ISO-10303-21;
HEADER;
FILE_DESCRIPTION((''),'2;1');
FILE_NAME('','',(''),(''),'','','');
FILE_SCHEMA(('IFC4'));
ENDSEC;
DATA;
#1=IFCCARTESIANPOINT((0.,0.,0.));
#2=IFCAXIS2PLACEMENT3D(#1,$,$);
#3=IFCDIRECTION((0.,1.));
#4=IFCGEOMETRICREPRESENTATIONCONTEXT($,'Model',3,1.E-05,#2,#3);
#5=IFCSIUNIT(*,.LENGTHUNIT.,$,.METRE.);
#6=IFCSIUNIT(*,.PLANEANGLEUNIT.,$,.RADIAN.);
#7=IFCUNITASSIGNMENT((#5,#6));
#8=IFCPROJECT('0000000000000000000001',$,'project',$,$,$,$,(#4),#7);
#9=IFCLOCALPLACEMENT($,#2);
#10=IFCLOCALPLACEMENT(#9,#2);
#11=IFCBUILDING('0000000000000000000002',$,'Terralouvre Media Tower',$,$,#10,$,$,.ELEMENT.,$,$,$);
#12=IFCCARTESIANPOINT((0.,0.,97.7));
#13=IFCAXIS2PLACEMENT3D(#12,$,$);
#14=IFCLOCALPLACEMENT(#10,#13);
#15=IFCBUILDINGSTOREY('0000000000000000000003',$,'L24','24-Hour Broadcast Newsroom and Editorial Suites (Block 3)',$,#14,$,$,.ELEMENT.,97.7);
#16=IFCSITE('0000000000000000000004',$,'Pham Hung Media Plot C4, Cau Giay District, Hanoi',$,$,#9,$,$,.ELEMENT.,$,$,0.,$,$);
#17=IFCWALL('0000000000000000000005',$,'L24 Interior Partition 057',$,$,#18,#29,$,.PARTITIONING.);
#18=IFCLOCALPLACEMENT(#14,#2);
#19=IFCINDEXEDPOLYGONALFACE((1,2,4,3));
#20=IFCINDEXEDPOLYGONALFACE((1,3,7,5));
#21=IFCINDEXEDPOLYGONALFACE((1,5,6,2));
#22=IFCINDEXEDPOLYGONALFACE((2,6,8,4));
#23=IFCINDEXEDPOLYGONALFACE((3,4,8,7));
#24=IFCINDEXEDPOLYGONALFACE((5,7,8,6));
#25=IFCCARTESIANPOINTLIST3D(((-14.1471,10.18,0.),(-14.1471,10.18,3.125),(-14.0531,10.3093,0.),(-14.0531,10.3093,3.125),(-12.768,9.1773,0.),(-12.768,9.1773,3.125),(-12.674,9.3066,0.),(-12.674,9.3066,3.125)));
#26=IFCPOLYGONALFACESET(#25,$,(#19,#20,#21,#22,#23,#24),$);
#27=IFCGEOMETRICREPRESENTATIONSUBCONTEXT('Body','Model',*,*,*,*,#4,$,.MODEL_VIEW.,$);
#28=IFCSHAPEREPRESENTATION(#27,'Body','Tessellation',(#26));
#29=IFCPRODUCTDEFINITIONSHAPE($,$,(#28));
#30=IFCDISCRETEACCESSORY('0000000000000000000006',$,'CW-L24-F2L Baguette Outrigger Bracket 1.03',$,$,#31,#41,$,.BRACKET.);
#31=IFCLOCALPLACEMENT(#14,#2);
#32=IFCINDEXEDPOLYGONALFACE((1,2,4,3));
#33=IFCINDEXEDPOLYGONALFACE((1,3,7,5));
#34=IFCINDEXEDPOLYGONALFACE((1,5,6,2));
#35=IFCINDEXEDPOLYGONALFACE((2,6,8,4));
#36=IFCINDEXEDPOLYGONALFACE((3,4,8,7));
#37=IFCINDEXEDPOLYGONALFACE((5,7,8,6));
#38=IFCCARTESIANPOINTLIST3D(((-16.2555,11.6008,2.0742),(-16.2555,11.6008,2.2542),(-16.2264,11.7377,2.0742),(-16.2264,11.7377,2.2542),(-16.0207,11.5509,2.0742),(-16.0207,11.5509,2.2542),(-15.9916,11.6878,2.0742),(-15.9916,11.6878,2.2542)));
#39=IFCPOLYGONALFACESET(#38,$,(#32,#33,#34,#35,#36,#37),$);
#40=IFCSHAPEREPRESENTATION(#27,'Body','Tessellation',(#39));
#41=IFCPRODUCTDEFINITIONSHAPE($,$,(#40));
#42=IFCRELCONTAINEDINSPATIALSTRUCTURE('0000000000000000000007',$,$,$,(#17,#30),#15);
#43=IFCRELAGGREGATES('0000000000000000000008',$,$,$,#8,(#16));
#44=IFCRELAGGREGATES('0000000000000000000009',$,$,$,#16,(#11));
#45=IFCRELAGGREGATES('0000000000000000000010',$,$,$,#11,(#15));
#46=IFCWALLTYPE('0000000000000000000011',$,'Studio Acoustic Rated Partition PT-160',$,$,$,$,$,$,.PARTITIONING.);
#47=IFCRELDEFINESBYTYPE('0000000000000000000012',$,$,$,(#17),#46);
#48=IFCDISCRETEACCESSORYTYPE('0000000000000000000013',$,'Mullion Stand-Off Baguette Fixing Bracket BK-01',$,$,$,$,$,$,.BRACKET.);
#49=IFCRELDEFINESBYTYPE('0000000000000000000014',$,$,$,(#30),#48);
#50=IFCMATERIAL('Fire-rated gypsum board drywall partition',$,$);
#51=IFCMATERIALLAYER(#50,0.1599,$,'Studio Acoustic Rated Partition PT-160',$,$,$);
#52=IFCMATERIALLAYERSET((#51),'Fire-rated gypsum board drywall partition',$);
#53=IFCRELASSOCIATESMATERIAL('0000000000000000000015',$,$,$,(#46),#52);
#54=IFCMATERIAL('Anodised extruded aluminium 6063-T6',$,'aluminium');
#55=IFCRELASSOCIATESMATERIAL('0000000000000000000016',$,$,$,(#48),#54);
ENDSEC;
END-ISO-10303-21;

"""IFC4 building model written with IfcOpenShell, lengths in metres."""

from ifc_helpers import new_model, si_unit, direction, frame, frame_2d, origin, origin_2d, place, context, subcontext, project, spatial, rectangle, extrude, material, layer, layer_set, type_object, element, save


model = new_model("IFC4")

# Units and contexts
model_context = context("Model", 3, precision=1e-05, world=origin(), true_north=direction((0.0, 1.0)))
body_context = subcontext(model_context, "Body", "Model", "MODEL_VIEW")
ifc_project = project(units=[si_unit("LENGTHUNIT", "METRE"), si_unit("PLANEANGLEUNIT", "RADIAN")], contexts=[model_context])

# Site, building, storey
site_placement = place(None, origin())
site = spatial("IfcSite", under=ifc_project, at=site_placement, Name="Pham Hung Media Plot C4, Cau Giay District, Hanoi", CompositionType="ELEMENT", RefElevation=0.0)
building_placement = place(site_placement, origin())
building = spatial("IfcBuilding", under=site, at=building_placement, Name="Terralouvre Media Tower", CompositionType="ELEMENT")
storey_placement = place(building_placement, frame((0.0, 0.0, 97.7)))
storey = spatial("IfcBuildingStorey", under=building, at=storey_placement, Name="L24", Description="24-Hour Broadcast Newsroom and Editorial Suites (Block 3)", CompositionType="ELEMENT", Elevation=97.7)

# Wall
ifc_material_1 = material(Name="Fire-rated gypsum board drywall partition")
ifc_layer_1 = layer(ifc_material_1, 0.1599, Name="Studio Acoustic Rated Partition PT-160")
ifc_layer_set_1 = layer_set([ifc_layer_1], Name="Fire-rated gypsum board drywall partition")
wall_type_1 = type_object("IfcWallType", Name="Studio Acoustic Rated Partition PT-160", PredefinedType="PARTITIONING", material=ifc_layer_set_1)
wall_1_placement = place(storey_placement, frame((-14.1001, 10.2446, 0.0), z_axis=(0.0, 0.0, 1.0), x_axis=(0.808829, -0.588044, 0.0)))
element("IfcWall", 1, at=wall_1_placement, inside=storey, type_object=wall_type_1, Name="L24 Interior Partition 057", PredefinedType="PARTITIONING", context=body_context, shape_type="SweptSolid", body=[
    extrude(rectangle(XDim=1.7051, YDim=0.1599, at=frame_2d((0.8525, 0.0))), origin(), (0.0, 0.0, 1.0), 3.125),
])

# Discrete accessory
ifc_material_2 = material(Name="Anodised extruded aluminium 6063-T6", Category="aluminium")
discrete_accessory_type = type_object("IfcDiscreteAccessoryType", Name="Mullion Stand-Off Baguette Fixing Bracket BK-01", PredefinedType="BRACKET", material=ifc_material_2)
discrete_accessory_placement = place(storey_placement, frame((-16.1235, 11.6443, 2.0742), z_axis=(0.0, 0.0, 1.0), x_axis=(-0.207912, -0.978148, 0.0)))
element("IfcDiscreteAccessory", 2, at=discrete_accessory_placement, inside=storey, type_object=discrete_accessory_type, Name="CW-L24-F2L Baguette Outrigger Bracket 1.03", PredefinedType="BRACKET", context=body_context, shape_type="SweptSolid", body=[
    extrude(rectangle(XDim=0.1399, YDim=0.24, at=origin_2d()), origin(), (0.0, 0.0, 1.0), 0.1799),
])

save(model, "model.ifc")
